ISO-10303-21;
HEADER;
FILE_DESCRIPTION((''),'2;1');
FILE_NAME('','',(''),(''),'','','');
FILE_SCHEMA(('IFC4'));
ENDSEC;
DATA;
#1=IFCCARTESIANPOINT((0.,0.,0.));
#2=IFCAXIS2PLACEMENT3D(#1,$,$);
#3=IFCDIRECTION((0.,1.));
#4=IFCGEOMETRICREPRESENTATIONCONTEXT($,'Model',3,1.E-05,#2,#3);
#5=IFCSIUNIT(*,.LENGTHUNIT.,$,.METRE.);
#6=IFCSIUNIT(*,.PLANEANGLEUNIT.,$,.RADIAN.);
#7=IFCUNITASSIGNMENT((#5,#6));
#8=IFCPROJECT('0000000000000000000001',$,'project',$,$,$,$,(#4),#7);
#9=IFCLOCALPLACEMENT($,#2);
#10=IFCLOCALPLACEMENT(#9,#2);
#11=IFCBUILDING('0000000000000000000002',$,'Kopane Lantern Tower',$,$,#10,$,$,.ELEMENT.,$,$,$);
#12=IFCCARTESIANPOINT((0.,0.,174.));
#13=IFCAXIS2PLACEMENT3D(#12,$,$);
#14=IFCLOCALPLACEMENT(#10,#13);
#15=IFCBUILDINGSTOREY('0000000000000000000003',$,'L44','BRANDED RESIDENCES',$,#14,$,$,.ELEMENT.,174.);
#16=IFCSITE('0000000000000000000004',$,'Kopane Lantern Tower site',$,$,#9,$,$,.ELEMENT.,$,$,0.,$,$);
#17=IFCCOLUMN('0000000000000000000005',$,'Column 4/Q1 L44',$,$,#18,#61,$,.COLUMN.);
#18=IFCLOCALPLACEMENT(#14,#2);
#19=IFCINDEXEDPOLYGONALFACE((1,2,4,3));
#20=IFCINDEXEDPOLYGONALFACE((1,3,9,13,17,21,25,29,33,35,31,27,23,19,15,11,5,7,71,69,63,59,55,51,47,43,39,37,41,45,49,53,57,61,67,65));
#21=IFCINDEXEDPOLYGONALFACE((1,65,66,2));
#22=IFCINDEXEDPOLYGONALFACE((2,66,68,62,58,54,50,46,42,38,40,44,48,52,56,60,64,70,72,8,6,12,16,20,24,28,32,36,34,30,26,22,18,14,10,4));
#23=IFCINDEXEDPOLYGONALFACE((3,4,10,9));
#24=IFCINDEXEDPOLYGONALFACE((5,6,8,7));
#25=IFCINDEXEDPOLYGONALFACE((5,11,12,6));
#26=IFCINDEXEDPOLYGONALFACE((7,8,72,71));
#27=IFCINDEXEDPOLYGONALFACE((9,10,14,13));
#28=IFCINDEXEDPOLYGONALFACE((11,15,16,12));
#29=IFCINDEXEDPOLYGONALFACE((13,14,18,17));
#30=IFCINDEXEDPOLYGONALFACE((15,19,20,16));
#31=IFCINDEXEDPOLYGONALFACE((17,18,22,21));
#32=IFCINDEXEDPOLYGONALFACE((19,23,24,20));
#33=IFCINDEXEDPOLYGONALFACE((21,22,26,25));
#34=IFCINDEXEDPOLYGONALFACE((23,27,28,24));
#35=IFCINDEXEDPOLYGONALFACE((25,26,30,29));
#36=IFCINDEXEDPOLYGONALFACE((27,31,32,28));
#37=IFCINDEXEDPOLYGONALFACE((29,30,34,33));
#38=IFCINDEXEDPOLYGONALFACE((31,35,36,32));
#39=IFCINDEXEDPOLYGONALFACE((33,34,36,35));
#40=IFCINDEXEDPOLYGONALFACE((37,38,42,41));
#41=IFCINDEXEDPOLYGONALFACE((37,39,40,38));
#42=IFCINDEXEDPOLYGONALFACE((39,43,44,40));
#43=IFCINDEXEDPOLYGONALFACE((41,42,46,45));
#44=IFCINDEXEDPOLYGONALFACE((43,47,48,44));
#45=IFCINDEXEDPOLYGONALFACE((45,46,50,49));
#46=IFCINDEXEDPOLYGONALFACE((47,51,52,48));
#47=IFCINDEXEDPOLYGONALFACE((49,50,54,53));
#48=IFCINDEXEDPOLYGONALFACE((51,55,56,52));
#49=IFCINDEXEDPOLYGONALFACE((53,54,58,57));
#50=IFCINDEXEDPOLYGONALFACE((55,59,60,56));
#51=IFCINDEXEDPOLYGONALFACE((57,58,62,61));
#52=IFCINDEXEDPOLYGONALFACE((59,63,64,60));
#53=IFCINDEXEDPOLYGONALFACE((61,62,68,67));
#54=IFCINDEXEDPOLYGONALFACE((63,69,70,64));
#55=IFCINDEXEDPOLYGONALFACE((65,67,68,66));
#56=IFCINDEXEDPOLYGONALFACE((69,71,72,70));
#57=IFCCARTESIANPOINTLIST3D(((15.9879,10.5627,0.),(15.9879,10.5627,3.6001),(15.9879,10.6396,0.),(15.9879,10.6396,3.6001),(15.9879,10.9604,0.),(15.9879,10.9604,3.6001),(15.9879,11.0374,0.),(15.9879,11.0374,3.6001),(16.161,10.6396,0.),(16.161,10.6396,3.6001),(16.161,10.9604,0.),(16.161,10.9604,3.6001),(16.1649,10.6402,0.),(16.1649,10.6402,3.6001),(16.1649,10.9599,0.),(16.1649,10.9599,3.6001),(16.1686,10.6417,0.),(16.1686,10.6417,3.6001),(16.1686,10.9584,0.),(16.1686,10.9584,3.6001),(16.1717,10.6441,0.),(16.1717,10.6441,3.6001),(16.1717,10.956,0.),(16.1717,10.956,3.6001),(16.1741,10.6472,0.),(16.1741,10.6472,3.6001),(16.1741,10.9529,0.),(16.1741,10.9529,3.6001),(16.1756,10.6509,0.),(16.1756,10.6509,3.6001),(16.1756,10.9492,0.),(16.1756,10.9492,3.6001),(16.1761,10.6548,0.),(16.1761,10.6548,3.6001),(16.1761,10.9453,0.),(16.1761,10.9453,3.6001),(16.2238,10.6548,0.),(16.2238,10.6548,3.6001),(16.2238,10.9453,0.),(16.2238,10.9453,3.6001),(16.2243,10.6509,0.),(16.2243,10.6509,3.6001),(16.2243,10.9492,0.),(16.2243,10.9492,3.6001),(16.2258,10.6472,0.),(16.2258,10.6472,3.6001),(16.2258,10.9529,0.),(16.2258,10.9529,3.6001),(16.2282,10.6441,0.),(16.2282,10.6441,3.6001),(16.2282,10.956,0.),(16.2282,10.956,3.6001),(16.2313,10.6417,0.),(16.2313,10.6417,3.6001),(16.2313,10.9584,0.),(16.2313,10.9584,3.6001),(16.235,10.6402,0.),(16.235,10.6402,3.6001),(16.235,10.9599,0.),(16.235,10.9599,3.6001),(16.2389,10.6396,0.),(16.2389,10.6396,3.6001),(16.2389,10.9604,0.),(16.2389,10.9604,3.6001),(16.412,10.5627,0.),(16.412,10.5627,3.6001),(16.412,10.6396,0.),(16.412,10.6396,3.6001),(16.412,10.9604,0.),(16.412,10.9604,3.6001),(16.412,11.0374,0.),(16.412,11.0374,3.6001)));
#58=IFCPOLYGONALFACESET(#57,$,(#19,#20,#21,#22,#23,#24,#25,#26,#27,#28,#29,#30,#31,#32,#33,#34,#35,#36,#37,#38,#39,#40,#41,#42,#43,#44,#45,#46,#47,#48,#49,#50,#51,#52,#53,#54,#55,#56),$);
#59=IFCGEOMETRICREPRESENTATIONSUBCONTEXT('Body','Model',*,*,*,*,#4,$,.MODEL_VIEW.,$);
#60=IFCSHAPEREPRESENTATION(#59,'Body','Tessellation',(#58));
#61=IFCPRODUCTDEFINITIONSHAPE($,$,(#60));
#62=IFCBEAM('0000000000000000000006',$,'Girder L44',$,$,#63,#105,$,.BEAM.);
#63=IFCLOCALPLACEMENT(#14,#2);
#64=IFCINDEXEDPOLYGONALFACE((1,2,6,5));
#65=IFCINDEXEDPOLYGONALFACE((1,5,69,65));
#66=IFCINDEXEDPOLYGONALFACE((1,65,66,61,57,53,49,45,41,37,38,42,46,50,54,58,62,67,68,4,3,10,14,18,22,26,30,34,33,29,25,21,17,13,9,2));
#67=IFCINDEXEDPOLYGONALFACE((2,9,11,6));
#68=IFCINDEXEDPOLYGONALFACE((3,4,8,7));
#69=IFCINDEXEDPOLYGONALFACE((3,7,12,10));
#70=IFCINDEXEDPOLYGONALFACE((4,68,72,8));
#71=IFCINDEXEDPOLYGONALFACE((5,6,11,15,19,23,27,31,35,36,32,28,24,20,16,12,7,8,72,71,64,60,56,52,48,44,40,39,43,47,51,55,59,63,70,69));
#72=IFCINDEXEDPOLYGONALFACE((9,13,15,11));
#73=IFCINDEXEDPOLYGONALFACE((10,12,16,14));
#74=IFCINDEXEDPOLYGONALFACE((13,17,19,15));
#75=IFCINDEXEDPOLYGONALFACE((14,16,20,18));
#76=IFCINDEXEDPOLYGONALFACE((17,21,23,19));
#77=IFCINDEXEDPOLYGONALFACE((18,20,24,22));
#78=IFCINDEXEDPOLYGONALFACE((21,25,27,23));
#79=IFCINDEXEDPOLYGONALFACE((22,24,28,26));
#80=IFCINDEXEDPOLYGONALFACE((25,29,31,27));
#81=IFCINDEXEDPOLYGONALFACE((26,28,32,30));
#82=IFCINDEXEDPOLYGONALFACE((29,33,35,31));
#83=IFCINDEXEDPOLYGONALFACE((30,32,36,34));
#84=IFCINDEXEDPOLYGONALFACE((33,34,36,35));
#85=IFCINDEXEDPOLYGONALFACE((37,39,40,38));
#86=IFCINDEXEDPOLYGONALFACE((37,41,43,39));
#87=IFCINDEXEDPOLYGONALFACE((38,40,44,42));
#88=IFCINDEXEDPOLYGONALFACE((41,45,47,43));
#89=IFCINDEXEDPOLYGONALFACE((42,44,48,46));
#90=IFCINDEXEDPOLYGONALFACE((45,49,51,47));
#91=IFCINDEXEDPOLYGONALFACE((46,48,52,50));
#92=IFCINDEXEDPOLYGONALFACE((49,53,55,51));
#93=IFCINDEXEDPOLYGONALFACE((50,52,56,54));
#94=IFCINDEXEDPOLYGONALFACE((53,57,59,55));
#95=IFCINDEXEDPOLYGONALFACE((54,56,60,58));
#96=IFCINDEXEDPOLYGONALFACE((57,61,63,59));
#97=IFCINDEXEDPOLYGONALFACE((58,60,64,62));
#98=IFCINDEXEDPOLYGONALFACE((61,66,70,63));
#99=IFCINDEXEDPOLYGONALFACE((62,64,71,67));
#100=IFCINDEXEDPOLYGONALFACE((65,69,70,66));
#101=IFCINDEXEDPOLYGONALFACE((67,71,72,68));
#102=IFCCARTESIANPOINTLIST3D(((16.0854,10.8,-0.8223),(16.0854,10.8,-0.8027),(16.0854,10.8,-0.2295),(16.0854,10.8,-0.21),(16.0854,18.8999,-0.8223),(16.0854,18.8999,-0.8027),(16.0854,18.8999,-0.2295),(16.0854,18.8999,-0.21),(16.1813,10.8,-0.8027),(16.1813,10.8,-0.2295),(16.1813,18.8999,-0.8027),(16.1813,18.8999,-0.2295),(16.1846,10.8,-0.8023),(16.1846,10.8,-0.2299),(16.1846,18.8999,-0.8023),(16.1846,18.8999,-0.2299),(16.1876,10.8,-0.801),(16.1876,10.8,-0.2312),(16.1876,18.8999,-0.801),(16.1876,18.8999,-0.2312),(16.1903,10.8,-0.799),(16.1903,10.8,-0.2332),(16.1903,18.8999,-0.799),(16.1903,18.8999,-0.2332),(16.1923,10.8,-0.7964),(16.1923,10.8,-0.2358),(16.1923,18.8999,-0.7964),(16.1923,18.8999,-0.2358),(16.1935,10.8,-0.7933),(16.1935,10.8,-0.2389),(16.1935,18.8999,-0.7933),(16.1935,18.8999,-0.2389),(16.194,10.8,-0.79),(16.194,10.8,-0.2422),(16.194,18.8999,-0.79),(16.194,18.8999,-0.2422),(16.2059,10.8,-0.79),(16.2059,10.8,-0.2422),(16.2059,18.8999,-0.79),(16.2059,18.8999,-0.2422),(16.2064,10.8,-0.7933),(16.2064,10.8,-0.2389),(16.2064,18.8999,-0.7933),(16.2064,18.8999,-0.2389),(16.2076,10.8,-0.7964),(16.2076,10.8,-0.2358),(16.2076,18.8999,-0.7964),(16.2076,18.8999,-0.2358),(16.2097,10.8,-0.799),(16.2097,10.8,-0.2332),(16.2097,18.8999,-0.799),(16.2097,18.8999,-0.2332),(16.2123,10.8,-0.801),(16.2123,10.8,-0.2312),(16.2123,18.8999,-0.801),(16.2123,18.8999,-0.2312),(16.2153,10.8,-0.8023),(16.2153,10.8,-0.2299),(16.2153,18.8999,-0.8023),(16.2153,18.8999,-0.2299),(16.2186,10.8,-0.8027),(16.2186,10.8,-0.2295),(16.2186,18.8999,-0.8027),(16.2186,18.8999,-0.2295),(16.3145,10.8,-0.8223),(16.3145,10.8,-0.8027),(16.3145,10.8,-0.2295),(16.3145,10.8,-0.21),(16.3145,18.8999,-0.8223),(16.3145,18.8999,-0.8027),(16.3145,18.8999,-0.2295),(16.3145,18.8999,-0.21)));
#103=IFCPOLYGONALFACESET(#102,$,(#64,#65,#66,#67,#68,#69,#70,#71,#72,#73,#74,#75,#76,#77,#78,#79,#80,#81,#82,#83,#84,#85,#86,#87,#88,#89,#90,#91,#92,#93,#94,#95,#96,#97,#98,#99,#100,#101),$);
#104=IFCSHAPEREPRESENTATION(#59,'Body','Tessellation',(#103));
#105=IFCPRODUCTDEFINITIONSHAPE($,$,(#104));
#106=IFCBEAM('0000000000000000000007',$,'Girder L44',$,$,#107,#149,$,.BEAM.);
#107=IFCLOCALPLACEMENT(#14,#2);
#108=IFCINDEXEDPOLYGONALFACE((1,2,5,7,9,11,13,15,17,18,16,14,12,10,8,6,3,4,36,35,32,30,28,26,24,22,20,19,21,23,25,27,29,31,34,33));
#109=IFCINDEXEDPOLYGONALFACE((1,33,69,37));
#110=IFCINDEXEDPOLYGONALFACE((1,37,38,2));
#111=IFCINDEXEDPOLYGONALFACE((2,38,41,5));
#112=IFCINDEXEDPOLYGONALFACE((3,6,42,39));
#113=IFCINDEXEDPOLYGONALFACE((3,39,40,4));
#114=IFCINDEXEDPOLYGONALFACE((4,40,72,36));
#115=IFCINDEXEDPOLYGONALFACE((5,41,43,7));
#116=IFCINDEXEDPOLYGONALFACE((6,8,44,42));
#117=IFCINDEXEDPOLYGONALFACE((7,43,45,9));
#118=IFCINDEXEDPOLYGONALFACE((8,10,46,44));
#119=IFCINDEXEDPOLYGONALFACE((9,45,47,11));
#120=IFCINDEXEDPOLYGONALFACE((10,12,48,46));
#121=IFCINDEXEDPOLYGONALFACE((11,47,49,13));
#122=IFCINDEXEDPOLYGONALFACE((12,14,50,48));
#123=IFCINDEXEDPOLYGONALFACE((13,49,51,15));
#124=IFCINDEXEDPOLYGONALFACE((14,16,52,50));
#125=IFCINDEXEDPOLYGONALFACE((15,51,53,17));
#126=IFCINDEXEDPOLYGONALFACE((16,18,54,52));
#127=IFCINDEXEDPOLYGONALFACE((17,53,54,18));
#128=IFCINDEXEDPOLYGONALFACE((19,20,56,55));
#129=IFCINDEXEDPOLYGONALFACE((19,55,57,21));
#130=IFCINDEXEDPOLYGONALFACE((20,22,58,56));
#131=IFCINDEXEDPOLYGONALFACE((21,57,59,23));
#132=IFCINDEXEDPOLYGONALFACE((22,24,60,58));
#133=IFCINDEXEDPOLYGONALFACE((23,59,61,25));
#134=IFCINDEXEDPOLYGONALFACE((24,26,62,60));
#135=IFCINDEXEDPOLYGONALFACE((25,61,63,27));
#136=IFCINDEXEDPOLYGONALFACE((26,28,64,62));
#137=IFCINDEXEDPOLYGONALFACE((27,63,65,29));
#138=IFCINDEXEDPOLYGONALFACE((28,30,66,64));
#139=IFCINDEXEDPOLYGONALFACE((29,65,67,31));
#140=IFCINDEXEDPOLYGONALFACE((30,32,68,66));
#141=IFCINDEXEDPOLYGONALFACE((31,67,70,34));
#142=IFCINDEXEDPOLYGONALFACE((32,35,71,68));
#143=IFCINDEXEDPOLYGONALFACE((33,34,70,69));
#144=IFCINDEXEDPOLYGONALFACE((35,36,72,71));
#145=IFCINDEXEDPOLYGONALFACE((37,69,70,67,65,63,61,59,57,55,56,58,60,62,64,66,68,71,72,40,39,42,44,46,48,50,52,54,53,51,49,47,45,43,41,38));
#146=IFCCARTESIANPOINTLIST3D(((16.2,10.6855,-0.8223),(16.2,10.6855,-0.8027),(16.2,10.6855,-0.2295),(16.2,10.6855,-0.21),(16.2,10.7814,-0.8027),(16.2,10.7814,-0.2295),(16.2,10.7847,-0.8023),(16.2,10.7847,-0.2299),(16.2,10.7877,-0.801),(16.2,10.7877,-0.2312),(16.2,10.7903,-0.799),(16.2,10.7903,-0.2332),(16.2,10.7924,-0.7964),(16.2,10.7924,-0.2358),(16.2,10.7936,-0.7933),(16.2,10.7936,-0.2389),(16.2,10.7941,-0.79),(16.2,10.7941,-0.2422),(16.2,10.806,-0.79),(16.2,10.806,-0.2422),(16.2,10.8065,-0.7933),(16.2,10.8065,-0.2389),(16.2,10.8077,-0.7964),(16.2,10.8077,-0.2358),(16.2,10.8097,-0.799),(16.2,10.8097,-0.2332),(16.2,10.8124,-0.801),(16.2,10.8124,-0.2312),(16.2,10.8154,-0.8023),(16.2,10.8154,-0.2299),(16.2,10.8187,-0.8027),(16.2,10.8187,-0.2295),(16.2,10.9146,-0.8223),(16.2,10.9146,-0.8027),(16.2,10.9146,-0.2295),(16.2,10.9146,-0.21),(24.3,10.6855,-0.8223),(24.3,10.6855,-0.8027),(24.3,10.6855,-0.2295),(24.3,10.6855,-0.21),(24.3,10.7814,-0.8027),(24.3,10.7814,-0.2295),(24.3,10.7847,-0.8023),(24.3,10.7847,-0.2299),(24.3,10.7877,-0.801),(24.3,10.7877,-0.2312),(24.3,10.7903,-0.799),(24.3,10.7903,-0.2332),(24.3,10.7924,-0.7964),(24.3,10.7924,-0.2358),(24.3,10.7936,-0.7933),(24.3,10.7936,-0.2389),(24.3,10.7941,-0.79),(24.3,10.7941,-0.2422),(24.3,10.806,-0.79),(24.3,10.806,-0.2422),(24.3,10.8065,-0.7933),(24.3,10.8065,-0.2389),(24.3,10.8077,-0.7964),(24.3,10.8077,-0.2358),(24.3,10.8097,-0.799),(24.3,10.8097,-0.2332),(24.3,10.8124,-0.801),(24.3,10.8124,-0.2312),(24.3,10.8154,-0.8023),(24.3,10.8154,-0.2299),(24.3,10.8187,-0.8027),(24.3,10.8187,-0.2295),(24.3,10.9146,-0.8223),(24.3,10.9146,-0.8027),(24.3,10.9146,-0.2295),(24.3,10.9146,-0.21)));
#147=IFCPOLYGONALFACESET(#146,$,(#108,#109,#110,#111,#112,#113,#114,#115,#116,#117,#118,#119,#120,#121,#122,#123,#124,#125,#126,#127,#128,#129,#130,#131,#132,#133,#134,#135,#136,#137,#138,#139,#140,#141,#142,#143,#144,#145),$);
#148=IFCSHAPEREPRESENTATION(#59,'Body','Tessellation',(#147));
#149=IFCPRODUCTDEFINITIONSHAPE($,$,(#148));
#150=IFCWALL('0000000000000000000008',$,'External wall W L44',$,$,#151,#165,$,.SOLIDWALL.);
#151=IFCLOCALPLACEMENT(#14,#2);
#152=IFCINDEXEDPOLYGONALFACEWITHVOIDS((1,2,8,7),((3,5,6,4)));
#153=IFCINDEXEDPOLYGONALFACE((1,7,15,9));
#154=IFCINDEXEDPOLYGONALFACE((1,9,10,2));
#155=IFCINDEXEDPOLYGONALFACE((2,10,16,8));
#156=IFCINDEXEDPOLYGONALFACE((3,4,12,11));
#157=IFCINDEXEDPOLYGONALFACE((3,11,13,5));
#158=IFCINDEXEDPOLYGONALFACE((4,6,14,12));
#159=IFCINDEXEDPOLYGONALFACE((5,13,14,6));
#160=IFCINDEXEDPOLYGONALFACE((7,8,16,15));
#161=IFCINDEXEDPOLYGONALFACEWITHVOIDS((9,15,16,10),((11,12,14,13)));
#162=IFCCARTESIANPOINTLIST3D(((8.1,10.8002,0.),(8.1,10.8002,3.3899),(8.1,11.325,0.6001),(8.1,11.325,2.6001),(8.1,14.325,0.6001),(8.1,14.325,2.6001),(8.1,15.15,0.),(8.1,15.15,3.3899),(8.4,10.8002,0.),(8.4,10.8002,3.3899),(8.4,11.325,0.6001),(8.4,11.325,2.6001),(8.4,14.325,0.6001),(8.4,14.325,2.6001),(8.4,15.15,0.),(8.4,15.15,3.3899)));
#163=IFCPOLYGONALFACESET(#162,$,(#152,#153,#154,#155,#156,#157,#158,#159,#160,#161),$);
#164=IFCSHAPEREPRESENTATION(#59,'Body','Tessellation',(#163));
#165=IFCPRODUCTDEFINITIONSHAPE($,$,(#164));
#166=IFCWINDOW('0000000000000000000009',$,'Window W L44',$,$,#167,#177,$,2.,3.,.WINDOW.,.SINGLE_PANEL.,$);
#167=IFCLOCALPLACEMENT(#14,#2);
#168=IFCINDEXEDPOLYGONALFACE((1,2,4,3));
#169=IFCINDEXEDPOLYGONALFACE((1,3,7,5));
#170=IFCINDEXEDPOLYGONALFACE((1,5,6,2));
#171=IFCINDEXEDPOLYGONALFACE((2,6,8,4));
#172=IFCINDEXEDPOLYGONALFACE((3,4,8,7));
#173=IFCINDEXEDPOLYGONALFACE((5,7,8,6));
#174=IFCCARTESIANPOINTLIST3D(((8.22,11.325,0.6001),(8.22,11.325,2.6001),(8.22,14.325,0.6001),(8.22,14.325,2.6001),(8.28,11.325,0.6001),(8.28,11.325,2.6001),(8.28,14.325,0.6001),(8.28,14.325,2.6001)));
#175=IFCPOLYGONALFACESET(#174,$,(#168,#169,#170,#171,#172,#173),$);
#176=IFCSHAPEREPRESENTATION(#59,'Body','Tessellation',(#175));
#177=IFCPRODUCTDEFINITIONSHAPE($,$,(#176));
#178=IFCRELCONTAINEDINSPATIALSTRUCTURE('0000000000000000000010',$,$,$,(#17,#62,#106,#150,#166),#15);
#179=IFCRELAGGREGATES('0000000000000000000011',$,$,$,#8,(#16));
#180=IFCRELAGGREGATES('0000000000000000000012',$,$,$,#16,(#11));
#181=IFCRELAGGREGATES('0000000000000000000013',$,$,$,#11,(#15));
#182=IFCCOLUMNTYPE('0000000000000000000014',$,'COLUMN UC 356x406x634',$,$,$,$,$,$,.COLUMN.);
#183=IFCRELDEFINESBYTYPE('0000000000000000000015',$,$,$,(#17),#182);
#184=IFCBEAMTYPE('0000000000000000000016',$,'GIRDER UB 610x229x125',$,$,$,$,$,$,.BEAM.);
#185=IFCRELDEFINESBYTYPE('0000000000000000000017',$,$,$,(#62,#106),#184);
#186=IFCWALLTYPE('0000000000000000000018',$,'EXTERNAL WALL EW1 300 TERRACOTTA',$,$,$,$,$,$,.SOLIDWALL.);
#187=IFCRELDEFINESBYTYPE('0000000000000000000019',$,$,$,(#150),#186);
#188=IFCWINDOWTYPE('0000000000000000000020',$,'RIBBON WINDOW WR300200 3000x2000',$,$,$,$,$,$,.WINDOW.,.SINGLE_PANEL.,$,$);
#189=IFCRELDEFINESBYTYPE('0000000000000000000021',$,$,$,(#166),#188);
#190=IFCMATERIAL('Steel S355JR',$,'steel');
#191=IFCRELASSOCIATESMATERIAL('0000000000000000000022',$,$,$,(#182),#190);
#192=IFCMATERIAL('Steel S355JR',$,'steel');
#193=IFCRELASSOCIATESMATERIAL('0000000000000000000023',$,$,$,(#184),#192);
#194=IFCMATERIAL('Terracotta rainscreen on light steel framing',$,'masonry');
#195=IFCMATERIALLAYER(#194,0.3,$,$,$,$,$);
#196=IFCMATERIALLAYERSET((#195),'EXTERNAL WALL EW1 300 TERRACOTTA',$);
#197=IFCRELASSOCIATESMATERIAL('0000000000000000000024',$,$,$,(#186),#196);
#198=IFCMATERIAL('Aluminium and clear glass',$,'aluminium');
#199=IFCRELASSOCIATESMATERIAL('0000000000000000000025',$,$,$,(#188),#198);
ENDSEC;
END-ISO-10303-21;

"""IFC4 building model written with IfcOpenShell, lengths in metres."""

from ifc_helpers import new_model, si_unit, direction, frame, frame_2d, origin, origin_2d, place, context, subcontext, project, spatial, rectangle, i_section, extrude, material, layer, layer_set, material_profile, profile_set, type_object, element, fill, save


model = new_model("IFC4")

# Units and contexts
model_context = context("Model", 3, precision=1e-05, world=origin(), true_north=direction((0.0, 1.0)))
body_context = subcontext(model_context, "Body", "Model", "MODEL_VIEW")
ifc_project = project(units=[si_unit("LENGTHUNIT", "METRE"), si_unit("PLANEANGLEUNIT", "RADIAN")], contexts=[model_context])

# Site, building, storey
site_placement = place(None, origin())
site = spatial("IfcSite", under=ifc_project, at=site_placement, Name="Kopane Lantern Tower site", CompositionType="ELEMENT", RefElevation=0.0)
building_placement = place(site_placement, origin())
building = spatial("IfcBuilding", under=site, at=building_placement, Name="Kopane Lantern Tower", CompositionType="ELEMENT")
storey_placement = place(building_placement, frame((0.0, 0.0, 174.0)))
storey = spatial("IfcBuildingStorey", under=building, at=storey_placement, Name="L44", Description="BRANDED RESIDENCES", CompositionType="ELEMENT", Elevation=174.0)

# Column
ifc_material_1 = material(Name="Steel S355JR", Category="steel")
ifc_material_profile_1 = material_profile(ifc_material_1, i_section(OverallWidth=0.4241, OverallDepth=0.4746, WebThickness=0.0476, FlangeThickness=0.0769, FilletRadius=0.0151, at=origin_2d()), Name="UC 356x406x634")
ifc_profile_set_1 = profile_set([ifc_material_profile_1], Name="Steel S355JR")
column_type = type_object("IfcColumnType", Name="COLUMN UC 356x406x634", PredefinedType="COLUMN", material=ifc_profile_set_1)
column_placement = place(storey_placement, frame((16.2, 10.8, 0.0), z_axis=(0.0, 0.0, 1.0), x_axis=(1.0, 0.0, 0.0)))
element("IfcColumn", 1, at=column_placement, inside=storey, type_object=column_type, Name="Column 4/Q1 L44", PredefinedType="COLUMN", context=body_context, shape_type="SweptSolid", body=[
    extrude(i_section(OverallWidth=0.4241, OverallDepth=0.4746, WebThickness=0.0476, FlangeThickness=0.0769, FilletRadius=0.0151, at=origin_2d()), origin(), (0.0, 0.0, 1.0), 3.6001),
])

# Beams
ifc_material_2 = material(Name="Steel S355JR", Category="steel")
ifc_material_profile_2 = material_profile(ifc_material_2, i_section(OverallWidth=0.229, OverallDepth=0.6123, WebThickness=0.012, FlangeThickness=0.0195, FilletRadius=0.0127, at=origin_2d()), Name="UB 610x229x125")
ifc_profile_set_2 = profile_set([ifc_material_profile_2], Name="Steel S355JR")
beam_type = type_object("IfcBeamType", Name="GIRDER UB 610x229x125", PredefinedType="BEAM", material=ifc_profile_set_2)
beam_1_placement = place(storey_placement, frame((16.2, 10.8, -0.5161), z_axis=(0.0, 1.0, 0.0), x_axis=(-1.0, 0.0, 0.0)))
element("IfcBeam", 2, at=beam_1_placement, inside=storey, type_object=beam_type, Name="Girder L44", PredefinedType="BEAM", context=body_context, shape_type="SweptSolid", body=[
    extrude(i_section(OverallWidth=0.229, OverallDepth=0.6123, WebThickness=0.012, FlangeThickness=0.0195, FilletRadius=0.0127, at=origin_2d()), origin(), (0.0, 0.0, 1.0), 8.0999),
])
beam_2_placement = place(storey_placement, frame((16.2, 10.8, -0.5161), z_axis=(1.0, 0.0, 0.0), x_axis=(0.0, 1.0, 0.0)))
element("IfcBeam", 3, at=beam_2_placement, inside=storey, type_object=beam_type, Name="Girder L44", PredefinedType="BEAM", context=body_context, shape_type="SweptSolid", body=[
    extrude(i_section(OverallWidth=0.229, OverallDepth=0.6123, WebThickness=0.012, FlangeThickness=0.0195, FilletRadius=0.0127, at=origin_2d()), origin(), (0.0, 0.0, 1.0), 8.1001),
])

# Shared definitions
ifc_material_3 = material(Name="Terracotta rainscreen on light steel framing", Category="masonry")
ifc_layer = layer(ifc_material_3, 0.3)
ifc_layer_set = layer_set([ifc_layer], Name="EXTERNAL WALL EW1 300 TERRACOTTA")
wall_type = type_object("IfcWallType", Name="EXTERNAL WALL EW1 300 TERRACOTTA", PredefinedType="SOLIDWALL", material=ifc_layer_set)

# Wall, opening, window
wall_1_placement = place(storey_placement, frame((8.25, 15.1499, 0.0), z_axis=(0.0, 0.0, 1.0), x_axis=(0.0, -1.0, 0.0)))
wall_1 = element("IfcWall", 4, at=wall_1_placement, inside=storey, type_object=wall_type, Name="External wall W L44", PredefinedType="SOLIDWALL", context=body_context, shape_type="SweptSolid", body=[
    extrude(rectangle(XDim=4.3499, YDim=0.3, at=frame_2d((2.1748, 0.0))), origin(), (0.0, 0.0, 1.0), 3.3899),
])
opening_1_placement = place(wall_1_placement, frame((0.825, 0.0, 0.6001)))
opening_1 = element("IfcOpeningElement", 5, at=opening_1_placement, cuts=wall_1, PredefinedType="OPENING", context=body_context, shape_type="SweptSolid", body=[
    extrude(rectangle(XDim=3.0, YDim=2.0, at=frame_2d((1.5, 1.0))), frame((0.0, 0.1599, 0.0), z_axis=(0.0, -1.0, 0.0), x_axis=(1.0, 0.0, 0.0)), (0.0, 0.0, 1.0), 0.3201),
])
ifc_material_4 = material(Name="Aluminium and clear glass", Category="aluminium")
window_type_1 = type_object("IfcWindowType", Name="RIBBON WINDOW WR300200 3000x2000", PartitioningType="SINGLE_PANEL", PredefinedType="WINDOW", material=ifc_material_4)
window_1_placement = place(opening_1_placement, origin())
window_1 = element("IfcWindow", 6, at=window_1_placement, inside=storey, type_object=window_type_1, Name="Window W L44", OverallHeight=2.0, OverallWidth=3.0, PartitioningType="SINGLE_PANEL", PredefinedType="WINDOW", context=body_context, shape_type="SweptSolid", body=[
    extrude(rectangle(XDim=3.0, YDim=2.0, at=frame_2d((1.5, 1.0))), frame((0.0, 0.03, 0.0), z_axis=(0.0, -1.0, 0.0), x_axis=(1.0, 0.0, 0.0)), (0.0, 0.0, 1.0), 0.0601),
])
fill(opening_1, window_1)

save(model, "model.ifc")
